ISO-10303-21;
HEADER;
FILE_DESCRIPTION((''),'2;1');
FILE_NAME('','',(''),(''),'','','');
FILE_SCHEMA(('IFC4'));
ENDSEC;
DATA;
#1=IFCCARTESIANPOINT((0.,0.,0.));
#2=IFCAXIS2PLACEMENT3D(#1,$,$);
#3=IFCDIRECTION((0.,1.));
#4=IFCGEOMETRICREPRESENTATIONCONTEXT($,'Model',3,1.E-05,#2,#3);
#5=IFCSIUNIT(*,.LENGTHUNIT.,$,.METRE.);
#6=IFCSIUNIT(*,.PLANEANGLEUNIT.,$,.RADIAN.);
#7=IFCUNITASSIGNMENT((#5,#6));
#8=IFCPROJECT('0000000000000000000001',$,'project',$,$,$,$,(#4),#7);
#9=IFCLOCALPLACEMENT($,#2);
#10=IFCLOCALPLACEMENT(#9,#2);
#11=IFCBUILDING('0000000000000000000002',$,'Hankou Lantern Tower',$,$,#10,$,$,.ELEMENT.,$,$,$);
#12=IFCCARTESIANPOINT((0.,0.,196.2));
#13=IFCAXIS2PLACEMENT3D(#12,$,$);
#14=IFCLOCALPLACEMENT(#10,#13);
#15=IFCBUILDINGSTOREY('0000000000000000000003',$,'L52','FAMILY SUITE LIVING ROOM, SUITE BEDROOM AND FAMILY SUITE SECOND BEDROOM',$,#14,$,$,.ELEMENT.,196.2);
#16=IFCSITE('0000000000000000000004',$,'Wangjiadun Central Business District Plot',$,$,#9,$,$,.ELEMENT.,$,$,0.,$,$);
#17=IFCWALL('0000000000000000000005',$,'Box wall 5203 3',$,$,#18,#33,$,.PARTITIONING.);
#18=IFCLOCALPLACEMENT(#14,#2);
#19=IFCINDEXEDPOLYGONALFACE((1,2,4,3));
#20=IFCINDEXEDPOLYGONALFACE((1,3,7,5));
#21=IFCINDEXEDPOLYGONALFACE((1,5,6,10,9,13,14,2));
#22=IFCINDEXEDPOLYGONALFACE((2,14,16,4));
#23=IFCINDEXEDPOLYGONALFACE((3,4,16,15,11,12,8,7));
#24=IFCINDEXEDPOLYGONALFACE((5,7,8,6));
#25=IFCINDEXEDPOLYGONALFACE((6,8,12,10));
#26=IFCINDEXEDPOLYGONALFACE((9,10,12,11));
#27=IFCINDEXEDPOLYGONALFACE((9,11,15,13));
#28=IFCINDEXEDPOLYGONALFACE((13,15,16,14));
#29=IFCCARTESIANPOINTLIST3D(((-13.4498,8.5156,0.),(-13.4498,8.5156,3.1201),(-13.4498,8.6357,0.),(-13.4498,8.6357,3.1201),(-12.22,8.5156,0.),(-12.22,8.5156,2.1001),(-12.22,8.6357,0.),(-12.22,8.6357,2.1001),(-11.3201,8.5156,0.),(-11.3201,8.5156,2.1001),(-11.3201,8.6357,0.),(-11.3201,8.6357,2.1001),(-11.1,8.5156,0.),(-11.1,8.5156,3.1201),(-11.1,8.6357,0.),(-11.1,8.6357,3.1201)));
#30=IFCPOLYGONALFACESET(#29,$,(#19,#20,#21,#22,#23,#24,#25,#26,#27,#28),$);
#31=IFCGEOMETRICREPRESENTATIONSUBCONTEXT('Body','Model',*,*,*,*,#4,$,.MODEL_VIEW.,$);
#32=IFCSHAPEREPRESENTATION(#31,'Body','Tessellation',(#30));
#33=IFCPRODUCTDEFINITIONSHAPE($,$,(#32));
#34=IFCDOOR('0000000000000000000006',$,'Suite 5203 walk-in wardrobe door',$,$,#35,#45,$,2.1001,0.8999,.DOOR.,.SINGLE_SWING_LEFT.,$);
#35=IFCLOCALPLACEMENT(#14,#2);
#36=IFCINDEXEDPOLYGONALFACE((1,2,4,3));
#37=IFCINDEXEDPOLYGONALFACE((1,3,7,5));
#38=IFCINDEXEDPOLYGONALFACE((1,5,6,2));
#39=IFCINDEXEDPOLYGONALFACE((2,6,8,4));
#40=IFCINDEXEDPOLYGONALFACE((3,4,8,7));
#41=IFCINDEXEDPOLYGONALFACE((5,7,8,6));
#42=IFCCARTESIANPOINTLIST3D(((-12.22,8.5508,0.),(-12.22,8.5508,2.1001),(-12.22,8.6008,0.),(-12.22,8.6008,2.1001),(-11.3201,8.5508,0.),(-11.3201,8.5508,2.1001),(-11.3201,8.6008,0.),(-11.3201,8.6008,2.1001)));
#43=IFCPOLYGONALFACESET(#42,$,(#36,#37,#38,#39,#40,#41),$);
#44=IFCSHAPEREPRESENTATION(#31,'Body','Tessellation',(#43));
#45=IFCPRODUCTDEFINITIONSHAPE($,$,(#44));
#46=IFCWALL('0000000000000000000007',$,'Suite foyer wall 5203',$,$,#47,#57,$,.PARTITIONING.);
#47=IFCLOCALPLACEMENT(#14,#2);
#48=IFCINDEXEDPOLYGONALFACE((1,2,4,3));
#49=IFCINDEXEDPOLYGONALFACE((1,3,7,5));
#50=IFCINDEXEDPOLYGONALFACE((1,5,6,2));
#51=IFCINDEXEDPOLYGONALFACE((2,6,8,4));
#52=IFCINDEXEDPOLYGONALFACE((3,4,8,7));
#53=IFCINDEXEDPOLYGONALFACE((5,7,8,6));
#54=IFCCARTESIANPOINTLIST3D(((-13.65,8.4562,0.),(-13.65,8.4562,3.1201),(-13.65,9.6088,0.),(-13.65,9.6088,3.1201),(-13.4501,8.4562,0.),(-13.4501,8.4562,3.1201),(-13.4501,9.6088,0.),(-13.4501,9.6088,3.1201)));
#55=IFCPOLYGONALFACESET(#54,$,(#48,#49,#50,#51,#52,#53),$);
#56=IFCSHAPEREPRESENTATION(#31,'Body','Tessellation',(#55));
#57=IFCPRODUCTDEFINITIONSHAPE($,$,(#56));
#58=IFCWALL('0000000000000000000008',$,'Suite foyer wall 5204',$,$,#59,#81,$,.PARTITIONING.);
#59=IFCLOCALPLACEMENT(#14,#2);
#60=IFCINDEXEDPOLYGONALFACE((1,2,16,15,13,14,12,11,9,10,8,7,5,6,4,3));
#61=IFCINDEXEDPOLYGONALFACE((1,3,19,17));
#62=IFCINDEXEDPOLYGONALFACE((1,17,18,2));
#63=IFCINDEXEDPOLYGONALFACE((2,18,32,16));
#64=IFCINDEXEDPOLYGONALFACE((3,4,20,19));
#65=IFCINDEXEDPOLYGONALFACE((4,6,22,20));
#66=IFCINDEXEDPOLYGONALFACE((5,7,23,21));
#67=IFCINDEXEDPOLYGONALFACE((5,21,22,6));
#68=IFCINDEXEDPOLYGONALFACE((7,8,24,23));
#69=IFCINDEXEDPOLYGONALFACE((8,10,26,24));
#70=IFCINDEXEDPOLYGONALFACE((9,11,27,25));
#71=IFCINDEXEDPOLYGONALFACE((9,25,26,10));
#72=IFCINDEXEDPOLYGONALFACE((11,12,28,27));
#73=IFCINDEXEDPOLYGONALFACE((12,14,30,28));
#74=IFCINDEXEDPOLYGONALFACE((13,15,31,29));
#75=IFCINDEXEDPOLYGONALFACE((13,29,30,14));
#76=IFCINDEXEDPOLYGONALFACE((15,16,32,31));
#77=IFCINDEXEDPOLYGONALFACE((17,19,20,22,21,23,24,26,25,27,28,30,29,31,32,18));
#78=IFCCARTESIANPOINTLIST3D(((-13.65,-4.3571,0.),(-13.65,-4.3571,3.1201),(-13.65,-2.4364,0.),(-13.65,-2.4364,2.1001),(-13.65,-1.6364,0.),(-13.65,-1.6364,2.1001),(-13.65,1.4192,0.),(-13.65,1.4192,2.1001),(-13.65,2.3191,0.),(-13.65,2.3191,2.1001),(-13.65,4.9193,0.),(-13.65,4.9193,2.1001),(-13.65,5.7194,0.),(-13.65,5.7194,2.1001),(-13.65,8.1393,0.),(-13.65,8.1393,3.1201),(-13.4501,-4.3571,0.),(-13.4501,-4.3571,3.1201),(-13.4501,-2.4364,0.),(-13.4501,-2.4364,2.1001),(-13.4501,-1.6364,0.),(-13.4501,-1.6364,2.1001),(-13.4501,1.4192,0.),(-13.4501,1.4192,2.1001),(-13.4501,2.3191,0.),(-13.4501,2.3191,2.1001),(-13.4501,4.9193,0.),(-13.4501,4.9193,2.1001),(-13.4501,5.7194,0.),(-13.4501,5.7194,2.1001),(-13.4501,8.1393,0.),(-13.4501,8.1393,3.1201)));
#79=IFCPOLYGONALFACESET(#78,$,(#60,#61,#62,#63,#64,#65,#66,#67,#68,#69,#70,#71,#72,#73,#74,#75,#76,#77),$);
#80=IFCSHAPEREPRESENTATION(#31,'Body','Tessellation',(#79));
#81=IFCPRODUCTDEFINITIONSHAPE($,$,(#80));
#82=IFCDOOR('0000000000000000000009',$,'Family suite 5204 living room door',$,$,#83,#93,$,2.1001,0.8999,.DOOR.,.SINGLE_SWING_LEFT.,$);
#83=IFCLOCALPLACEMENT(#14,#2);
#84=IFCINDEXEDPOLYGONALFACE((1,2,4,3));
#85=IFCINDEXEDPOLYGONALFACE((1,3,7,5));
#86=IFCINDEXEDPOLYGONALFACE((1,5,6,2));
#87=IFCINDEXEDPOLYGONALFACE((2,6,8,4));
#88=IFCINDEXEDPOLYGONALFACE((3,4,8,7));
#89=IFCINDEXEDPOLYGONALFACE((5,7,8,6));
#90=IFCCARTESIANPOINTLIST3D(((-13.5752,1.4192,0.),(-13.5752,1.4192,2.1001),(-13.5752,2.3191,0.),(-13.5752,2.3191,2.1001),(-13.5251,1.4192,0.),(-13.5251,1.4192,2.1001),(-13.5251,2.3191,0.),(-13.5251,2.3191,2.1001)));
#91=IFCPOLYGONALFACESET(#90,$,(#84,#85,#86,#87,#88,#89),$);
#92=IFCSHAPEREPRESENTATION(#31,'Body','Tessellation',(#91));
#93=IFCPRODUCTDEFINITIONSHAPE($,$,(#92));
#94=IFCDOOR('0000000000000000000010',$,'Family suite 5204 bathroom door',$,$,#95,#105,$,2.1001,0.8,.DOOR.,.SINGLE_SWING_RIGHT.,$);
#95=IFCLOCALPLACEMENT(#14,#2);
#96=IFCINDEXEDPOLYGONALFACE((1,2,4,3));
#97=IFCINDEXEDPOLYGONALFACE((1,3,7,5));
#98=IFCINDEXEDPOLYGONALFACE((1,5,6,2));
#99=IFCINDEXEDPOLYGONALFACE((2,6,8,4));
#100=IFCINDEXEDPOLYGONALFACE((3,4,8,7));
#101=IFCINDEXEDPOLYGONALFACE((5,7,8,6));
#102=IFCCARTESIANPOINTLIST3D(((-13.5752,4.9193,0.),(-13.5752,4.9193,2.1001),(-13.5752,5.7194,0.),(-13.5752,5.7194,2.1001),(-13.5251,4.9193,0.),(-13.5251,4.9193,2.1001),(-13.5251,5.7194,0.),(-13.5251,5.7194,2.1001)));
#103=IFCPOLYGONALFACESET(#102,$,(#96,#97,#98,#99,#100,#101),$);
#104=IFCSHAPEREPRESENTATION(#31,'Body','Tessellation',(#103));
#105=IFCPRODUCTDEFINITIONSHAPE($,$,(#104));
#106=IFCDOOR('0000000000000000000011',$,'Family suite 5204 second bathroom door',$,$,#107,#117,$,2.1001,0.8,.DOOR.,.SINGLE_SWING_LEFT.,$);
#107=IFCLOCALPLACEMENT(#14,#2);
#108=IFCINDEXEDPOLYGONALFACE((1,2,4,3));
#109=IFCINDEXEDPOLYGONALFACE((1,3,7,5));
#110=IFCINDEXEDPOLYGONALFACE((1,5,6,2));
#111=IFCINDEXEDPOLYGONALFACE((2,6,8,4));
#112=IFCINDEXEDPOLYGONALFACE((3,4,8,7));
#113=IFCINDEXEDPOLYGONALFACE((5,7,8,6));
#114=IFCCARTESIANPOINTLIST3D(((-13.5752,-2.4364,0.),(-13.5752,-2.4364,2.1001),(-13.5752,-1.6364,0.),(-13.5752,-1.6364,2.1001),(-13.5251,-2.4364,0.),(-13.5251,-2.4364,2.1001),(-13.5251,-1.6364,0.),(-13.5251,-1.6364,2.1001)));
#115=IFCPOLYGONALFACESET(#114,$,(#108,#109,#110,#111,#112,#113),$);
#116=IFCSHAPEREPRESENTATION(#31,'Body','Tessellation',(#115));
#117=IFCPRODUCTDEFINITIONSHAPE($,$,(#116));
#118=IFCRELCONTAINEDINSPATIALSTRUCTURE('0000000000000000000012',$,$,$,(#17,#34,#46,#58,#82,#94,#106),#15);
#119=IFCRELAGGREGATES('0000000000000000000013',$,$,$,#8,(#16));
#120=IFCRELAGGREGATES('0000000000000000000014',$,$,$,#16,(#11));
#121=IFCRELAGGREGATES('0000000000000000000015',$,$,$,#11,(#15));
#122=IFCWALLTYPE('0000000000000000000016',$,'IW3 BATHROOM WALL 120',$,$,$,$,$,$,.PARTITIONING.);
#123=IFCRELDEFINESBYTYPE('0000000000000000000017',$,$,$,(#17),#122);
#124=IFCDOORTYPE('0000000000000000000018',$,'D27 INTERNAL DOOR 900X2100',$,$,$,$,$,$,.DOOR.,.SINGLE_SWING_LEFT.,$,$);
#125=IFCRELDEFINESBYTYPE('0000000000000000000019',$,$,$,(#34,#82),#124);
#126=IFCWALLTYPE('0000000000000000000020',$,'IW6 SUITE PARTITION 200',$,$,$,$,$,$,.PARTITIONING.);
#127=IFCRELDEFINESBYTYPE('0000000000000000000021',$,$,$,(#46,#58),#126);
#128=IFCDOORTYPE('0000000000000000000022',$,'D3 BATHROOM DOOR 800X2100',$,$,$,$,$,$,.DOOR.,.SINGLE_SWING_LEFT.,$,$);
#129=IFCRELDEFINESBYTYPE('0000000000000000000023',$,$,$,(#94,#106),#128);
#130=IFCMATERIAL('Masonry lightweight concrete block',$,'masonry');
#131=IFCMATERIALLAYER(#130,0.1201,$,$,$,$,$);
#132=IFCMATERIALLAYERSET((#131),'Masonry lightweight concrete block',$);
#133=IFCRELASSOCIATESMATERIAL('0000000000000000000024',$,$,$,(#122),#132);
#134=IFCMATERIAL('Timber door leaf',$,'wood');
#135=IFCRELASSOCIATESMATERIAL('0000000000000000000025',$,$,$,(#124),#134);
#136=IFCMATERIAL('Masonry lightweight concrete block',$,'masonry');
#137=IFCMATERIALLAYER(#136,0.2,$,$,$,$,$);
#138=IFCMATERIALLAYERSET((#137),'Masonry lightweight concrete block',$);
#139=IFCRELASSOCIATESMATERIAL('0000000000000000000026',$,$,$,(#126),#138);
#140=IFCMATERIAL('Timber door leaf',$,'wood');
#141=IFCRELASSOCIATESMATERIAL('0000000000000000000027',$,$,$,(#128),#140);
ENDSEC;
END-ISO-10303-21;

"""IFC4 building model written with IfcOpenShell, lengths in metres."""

from ifc_helpers import new_model, si_unit, direction, frame, frame_2d, origin, place, context, subcontext, project, spatial, rectangle, extrude, material, layer, layer_set, type_object, element, fill, save


model = new_model("IFC4")

# Units and contexts
model_context = context("Model", 3, precision=1e-05, world=origin(), true_north=direction((0.0, 1.0)))
body_context = subcontext(model_context, "Body", "Model", "MODEL_VIEW")
ifc_project = project(units=[si_unit("LENGTHUNIT", "METRE"), si_unit("PLANEANGLEUNIT", "RADIAN")], contexts=[model_context])

# Site, building, storey
site_placement = place(None, origin())
site = spatial("IfcSite", under=ifc_project, at=site_placement, Name="Wangjiadun Central Business District Plot", CompositionType="ELEMENT", RefElevation=0.0)
building_placement = place(site_placement, origin())
building = spatial("IfcBuilding", under=site, at=building_placement, Name="Hankou Lantern Tower", CompositionType="ELEMENT")
storey_placement = place(building_placement, frame((0.0, 0.0, 196.2)))
storey = spatial("IfcBuildingStorey", under=building, at=storey_placement, Name="L52", Description="FAMILY SUITE LIVING ROOM, SUITE BEDROOM AND FAMILY SUITE SECOND BEDROOM", CompositionType="ELEMENT", Elevation=196.2)

# Wall, opening, door
ifc_material_1 = material(Name="Masonry lightweight concrete block", Category="masonry")
ifc_layer_1 = layer(ifc_material_1, 0.1201)
ifc_layer_set_1 = layer_set([ifc_layer_1], Name="Masonry lightweight concrete block")
wall_type_1 = type_object("IfcWallType", Name="IW3 BATHROOM WALL 120", PredefinedType="PARTITIONING", material=ifc_layer_set_1)
wall_1_placement = place(storey_placement, frame((-11.1001, 8.5757, 0.0), z_axis=(0.0, 0.0, 1.0), x_axis=(-1.0, 0.0, 0.0)))
wall_1 = element("IfcWall", 1, at=wall_1_placement, inside=storey, type_object=wall_type_1, Name="Box wall 5203 3", PredefinedType="PARTITIONING", context=body_context, shape_type="SweptSolid", body=[
    extrude(rectangle(XDim=2.3499, YDim=0.1201, at=frame_2d((1.1748, 0.0))), origin(), (0.0, 0.0, 1.0), 3.1201),
])
opening_1_placement = place(wall_1_placement, frame((0.22, 0.0, 0.0)))
opening_1 = element("IfcOpeningElement", 2, at=opening_1_placement, cuts=wall_1, PredefinedType="OPENING", context=body_context, shape_type="SweptSolid", body=[
    extrude(rectangle(XDim=0.8999, YDim=2.1001, at=frame_2d((0.45, 1.05))), frame((0.0, 0.0701, 0.0), z_axis=(0.0, -1.0, 0.0), x_axis=(1.0, 0.0, 0.0)), (0.0, 0.0, 1.0), 0.1401),
])
ifc_material_2 = material(Name="Timber door leaf", Category="wood")
door_type_1 = type_object("IfcDoorType", Name="D27 INTERNAL DOOR 900X2100", OperationType="SINGLE_SWING_LEFT", PredefinedType="DOOR", material=ifc_material_2)
door_1_placement = place(opening_1_placement, origin())
door_1 = element("IfcDoor", 3, at=door_1_placement, inside=storey, type_object=door_type_1, Name="Suite 5203 walk-in wardrobe door", OperationType="SINGLE_SWING_LEFT", OverallHeight=2.1001, OverallWidth=0.8999, PredefinedType="DOOR", context=body_context, shape_type="SweptSolid", body=[
    extrude(rectangle(XDim=0.8999, YDim=2.1001, at=frame_2d((0.45, 1.05))), frame((0.0, 0.0249, 0.0), z_axis=(0.0, -1.0, 0.0), x_axis=(1.0, 0.0, 0.0)), (0.0, 0.0, 1.0), 0.05),
])
fill(opening_1, door_1)

# Wall
ifc_material_3 = material(Name="Masonry lightweight concrete block", Category="masonry")
ifc_layer_2 = layer(ifc_material_3, 0.2)
ifc_layer_set_2 = layer_set([ifc_layer_2], Name="Masonry lightweight concrete block")
wall_type_2 = type_object("IfcWallType", Name="IW6 SUITE PARTITION 200", PredefinedType="PARTITIONING", material=ifc_layer_set_2)
wall_2_placement = place(storey_placement, frame((-13.55, 9.6086, 0.0), z_axis=(0.0, 0.0, 1.0), x_axis=(0.0, -1.0, 0.0)))
element("IfcWall", 4, at=wall_2_placement, inside=storey, type_object=wall_type_2, Name="Suite foyer wall 5203", PredefinedType="PARTITIONING", context=body_context, shape_type="SweptSolid", body=[
    extrude(rectangle(XDim=1.1526, YDim=0.2, at=frame_2d((0.5762, 0.0))), origin(), (0.0, 0.0, 1.0), 3.1201),
])

# Wall, openings, doors
wall_3_placement = place(storey_placement, frame((-13.55, 8.1392, 0.0), z_axis=(0.0, 0.0, 1.0), x_axis=(0.0, -1.0, 0.0)))
wall_3 = element("IfcWall", 5, at=wall_3_placement, inside=storey, type_object=wall_type_2, Name="Suite foyer wall 5204", PredefinedType="PARTITIONING", context=body_context, shape_type="SweptSolid", body=[
    extrude(rectangle(XDim=12.4963, YDim=0.2, at=frame_2d((6.248, 0.0))), origin(), (0.0, 0.0, 1.0), 3.1201),
])
opening_2_placement = place(wall_3_placement, frame((2.4199, 0.0, 0.0)))
opening_2 = element("IfcOpeningElement", 6, at=opening_2_placement, cuts=wall_3, PredefinedType="OPENING", context=body_context, shape_type="SweptSolid", body=[
    extrude(rectangle(XDim=0.8, YDim=2.1001, at=frame_2d((0.3999, 1.05))), frame((0.0, 0.1099, 0.0), z_axis=(0.0, -1.0, 0.0), x_axis=(1.0, 0.0, 0.0)), (0.0, 0.0, 1.0), 0.22),
])
opening_3_placement = place(wall_3_placement, frame((9.7756, 0.0, 0.0)))
opening_3 = element("IfcOpeningElement", 7, at=opening_3_placement, cuts=wall_3, PredefinedType="OPENING", context=body_context, shape_type="SweptSolid", body=[
    extrude(rectangle(XDim=0.8, YDim=2.1001, at=frame_2d((0.3999, 1.05))), frame((0.0, 0.1099, 0.0), z_axis=(0.0, -1.0, 0.0), x_axis=(1.0, 0.0, 0.0)), (0.0, 0.0, 1.0), 0.22),
])
opening_4_placement = place(wall_3_placement, frame((5.8201, 0.0, 0.0)))
opening_4 = element("IfcOpeningElement", 8, at=opening_4_placement, cuts=wall_3, PredefinedType="OPENING", context=body_context, shape_type="SweptSolid", body=[
    extrude(rectangle(XDim=0.8999, YDim=2.1001, at=frame_2d((0.45, 1.05))), frame((0.0, 0.1099, 0.0), z_axis=(0.0, -1.0, 0.0), x_axis=(1.0, 0.0, 0.0)), (0.0, 0.0, 1.0), 0.22),
])
door_2_placement = place(opening_4_placement, origin())
door_2 = element("IfcDoor", 9, at=door_2_placement, inside=storey, type_object=door_type_1, Name="Family suite 5204 living room door", OperationType="SINGLE_SWING_LEFT", OverallHeight=2.1001, OverallWidth=0.8999, PredefinedType="DOOR", context=body_context, shape_type="SweptSolid", body=[
    extrude(rectangle(XDim=0.8999, YDim=2.1001, at=frame_2d((0.45, 1.05))), frame((0.0, 0.0249, 0.0), z_axis=(0.0, -1.0, 0.0), x_axis=(1.0, 0.0, 0.0)), (0.0, 0.0, 1.0), 0.05),
])
fill(opening_4, door_2)
ifc_material_4 = material(Name="Timber door leaf", Category="wood")
door_type_2 = type_object("IfcDoorType", Name="D3 BATHROOM DOOR 800X2100", OperationType="SINGLE_SWING_LEFT", PredefinedType="DOOR", material=ifc_material_4)
door_3_placement = place(opening_2_placement, origin())
door_3 = element("IfcDoor", 10, at=door_3_placement, inside=storey, type_object=door_type_2, Name="Family suite 5204 bathroom door", OperationType="SINGLE_SWING_RIGHT", OverallHeight=2.1001, OverallWidth=0.8, PredefinedType="DOOR", context=body_context, shape_type="SweptSolid", body=[
    extrude(rectangle(XDim=0.8, YDim=2.1001, at=frame_2d((0.3999, 1.05))), frame((0.0, 0.0249, 0.0), z_axis=(0.0, -1.0, 0.0), x_axis=(1.0, 0.0, 0.0)), (0.0, 0.0, 1.0), 0.05),
])
fill(opening_2, door_3)
door_4_placement = place(opening_3_placement, origin())
door_4 = element("IfcDoor", 11, at=door_4_placement, inside=storey, type_object=door_type_2, Name="Family suite 5204 second bathroom door", OperationType="SINGLE_SWING_LEFT", OverallHeight=2.1001, OverallWidth=0.8, PredefinedType="DOOR", context=body_context, shape_type="SweptSolid", body=[
    extrude(rectangle(XDim=0.8, YDim=2.1001, at=frame_2d((0.3999, 1.05))), frame((0.0, 0.0249, 0.0), z_axis=(0.0, -1.0, 0.0), x_axis=(1.0, 0.0, 0.0)), (0.0, 0.0, 1.0), 0.05),
])
fill(opening_3, door_4)

save(model, "model.ifc")
